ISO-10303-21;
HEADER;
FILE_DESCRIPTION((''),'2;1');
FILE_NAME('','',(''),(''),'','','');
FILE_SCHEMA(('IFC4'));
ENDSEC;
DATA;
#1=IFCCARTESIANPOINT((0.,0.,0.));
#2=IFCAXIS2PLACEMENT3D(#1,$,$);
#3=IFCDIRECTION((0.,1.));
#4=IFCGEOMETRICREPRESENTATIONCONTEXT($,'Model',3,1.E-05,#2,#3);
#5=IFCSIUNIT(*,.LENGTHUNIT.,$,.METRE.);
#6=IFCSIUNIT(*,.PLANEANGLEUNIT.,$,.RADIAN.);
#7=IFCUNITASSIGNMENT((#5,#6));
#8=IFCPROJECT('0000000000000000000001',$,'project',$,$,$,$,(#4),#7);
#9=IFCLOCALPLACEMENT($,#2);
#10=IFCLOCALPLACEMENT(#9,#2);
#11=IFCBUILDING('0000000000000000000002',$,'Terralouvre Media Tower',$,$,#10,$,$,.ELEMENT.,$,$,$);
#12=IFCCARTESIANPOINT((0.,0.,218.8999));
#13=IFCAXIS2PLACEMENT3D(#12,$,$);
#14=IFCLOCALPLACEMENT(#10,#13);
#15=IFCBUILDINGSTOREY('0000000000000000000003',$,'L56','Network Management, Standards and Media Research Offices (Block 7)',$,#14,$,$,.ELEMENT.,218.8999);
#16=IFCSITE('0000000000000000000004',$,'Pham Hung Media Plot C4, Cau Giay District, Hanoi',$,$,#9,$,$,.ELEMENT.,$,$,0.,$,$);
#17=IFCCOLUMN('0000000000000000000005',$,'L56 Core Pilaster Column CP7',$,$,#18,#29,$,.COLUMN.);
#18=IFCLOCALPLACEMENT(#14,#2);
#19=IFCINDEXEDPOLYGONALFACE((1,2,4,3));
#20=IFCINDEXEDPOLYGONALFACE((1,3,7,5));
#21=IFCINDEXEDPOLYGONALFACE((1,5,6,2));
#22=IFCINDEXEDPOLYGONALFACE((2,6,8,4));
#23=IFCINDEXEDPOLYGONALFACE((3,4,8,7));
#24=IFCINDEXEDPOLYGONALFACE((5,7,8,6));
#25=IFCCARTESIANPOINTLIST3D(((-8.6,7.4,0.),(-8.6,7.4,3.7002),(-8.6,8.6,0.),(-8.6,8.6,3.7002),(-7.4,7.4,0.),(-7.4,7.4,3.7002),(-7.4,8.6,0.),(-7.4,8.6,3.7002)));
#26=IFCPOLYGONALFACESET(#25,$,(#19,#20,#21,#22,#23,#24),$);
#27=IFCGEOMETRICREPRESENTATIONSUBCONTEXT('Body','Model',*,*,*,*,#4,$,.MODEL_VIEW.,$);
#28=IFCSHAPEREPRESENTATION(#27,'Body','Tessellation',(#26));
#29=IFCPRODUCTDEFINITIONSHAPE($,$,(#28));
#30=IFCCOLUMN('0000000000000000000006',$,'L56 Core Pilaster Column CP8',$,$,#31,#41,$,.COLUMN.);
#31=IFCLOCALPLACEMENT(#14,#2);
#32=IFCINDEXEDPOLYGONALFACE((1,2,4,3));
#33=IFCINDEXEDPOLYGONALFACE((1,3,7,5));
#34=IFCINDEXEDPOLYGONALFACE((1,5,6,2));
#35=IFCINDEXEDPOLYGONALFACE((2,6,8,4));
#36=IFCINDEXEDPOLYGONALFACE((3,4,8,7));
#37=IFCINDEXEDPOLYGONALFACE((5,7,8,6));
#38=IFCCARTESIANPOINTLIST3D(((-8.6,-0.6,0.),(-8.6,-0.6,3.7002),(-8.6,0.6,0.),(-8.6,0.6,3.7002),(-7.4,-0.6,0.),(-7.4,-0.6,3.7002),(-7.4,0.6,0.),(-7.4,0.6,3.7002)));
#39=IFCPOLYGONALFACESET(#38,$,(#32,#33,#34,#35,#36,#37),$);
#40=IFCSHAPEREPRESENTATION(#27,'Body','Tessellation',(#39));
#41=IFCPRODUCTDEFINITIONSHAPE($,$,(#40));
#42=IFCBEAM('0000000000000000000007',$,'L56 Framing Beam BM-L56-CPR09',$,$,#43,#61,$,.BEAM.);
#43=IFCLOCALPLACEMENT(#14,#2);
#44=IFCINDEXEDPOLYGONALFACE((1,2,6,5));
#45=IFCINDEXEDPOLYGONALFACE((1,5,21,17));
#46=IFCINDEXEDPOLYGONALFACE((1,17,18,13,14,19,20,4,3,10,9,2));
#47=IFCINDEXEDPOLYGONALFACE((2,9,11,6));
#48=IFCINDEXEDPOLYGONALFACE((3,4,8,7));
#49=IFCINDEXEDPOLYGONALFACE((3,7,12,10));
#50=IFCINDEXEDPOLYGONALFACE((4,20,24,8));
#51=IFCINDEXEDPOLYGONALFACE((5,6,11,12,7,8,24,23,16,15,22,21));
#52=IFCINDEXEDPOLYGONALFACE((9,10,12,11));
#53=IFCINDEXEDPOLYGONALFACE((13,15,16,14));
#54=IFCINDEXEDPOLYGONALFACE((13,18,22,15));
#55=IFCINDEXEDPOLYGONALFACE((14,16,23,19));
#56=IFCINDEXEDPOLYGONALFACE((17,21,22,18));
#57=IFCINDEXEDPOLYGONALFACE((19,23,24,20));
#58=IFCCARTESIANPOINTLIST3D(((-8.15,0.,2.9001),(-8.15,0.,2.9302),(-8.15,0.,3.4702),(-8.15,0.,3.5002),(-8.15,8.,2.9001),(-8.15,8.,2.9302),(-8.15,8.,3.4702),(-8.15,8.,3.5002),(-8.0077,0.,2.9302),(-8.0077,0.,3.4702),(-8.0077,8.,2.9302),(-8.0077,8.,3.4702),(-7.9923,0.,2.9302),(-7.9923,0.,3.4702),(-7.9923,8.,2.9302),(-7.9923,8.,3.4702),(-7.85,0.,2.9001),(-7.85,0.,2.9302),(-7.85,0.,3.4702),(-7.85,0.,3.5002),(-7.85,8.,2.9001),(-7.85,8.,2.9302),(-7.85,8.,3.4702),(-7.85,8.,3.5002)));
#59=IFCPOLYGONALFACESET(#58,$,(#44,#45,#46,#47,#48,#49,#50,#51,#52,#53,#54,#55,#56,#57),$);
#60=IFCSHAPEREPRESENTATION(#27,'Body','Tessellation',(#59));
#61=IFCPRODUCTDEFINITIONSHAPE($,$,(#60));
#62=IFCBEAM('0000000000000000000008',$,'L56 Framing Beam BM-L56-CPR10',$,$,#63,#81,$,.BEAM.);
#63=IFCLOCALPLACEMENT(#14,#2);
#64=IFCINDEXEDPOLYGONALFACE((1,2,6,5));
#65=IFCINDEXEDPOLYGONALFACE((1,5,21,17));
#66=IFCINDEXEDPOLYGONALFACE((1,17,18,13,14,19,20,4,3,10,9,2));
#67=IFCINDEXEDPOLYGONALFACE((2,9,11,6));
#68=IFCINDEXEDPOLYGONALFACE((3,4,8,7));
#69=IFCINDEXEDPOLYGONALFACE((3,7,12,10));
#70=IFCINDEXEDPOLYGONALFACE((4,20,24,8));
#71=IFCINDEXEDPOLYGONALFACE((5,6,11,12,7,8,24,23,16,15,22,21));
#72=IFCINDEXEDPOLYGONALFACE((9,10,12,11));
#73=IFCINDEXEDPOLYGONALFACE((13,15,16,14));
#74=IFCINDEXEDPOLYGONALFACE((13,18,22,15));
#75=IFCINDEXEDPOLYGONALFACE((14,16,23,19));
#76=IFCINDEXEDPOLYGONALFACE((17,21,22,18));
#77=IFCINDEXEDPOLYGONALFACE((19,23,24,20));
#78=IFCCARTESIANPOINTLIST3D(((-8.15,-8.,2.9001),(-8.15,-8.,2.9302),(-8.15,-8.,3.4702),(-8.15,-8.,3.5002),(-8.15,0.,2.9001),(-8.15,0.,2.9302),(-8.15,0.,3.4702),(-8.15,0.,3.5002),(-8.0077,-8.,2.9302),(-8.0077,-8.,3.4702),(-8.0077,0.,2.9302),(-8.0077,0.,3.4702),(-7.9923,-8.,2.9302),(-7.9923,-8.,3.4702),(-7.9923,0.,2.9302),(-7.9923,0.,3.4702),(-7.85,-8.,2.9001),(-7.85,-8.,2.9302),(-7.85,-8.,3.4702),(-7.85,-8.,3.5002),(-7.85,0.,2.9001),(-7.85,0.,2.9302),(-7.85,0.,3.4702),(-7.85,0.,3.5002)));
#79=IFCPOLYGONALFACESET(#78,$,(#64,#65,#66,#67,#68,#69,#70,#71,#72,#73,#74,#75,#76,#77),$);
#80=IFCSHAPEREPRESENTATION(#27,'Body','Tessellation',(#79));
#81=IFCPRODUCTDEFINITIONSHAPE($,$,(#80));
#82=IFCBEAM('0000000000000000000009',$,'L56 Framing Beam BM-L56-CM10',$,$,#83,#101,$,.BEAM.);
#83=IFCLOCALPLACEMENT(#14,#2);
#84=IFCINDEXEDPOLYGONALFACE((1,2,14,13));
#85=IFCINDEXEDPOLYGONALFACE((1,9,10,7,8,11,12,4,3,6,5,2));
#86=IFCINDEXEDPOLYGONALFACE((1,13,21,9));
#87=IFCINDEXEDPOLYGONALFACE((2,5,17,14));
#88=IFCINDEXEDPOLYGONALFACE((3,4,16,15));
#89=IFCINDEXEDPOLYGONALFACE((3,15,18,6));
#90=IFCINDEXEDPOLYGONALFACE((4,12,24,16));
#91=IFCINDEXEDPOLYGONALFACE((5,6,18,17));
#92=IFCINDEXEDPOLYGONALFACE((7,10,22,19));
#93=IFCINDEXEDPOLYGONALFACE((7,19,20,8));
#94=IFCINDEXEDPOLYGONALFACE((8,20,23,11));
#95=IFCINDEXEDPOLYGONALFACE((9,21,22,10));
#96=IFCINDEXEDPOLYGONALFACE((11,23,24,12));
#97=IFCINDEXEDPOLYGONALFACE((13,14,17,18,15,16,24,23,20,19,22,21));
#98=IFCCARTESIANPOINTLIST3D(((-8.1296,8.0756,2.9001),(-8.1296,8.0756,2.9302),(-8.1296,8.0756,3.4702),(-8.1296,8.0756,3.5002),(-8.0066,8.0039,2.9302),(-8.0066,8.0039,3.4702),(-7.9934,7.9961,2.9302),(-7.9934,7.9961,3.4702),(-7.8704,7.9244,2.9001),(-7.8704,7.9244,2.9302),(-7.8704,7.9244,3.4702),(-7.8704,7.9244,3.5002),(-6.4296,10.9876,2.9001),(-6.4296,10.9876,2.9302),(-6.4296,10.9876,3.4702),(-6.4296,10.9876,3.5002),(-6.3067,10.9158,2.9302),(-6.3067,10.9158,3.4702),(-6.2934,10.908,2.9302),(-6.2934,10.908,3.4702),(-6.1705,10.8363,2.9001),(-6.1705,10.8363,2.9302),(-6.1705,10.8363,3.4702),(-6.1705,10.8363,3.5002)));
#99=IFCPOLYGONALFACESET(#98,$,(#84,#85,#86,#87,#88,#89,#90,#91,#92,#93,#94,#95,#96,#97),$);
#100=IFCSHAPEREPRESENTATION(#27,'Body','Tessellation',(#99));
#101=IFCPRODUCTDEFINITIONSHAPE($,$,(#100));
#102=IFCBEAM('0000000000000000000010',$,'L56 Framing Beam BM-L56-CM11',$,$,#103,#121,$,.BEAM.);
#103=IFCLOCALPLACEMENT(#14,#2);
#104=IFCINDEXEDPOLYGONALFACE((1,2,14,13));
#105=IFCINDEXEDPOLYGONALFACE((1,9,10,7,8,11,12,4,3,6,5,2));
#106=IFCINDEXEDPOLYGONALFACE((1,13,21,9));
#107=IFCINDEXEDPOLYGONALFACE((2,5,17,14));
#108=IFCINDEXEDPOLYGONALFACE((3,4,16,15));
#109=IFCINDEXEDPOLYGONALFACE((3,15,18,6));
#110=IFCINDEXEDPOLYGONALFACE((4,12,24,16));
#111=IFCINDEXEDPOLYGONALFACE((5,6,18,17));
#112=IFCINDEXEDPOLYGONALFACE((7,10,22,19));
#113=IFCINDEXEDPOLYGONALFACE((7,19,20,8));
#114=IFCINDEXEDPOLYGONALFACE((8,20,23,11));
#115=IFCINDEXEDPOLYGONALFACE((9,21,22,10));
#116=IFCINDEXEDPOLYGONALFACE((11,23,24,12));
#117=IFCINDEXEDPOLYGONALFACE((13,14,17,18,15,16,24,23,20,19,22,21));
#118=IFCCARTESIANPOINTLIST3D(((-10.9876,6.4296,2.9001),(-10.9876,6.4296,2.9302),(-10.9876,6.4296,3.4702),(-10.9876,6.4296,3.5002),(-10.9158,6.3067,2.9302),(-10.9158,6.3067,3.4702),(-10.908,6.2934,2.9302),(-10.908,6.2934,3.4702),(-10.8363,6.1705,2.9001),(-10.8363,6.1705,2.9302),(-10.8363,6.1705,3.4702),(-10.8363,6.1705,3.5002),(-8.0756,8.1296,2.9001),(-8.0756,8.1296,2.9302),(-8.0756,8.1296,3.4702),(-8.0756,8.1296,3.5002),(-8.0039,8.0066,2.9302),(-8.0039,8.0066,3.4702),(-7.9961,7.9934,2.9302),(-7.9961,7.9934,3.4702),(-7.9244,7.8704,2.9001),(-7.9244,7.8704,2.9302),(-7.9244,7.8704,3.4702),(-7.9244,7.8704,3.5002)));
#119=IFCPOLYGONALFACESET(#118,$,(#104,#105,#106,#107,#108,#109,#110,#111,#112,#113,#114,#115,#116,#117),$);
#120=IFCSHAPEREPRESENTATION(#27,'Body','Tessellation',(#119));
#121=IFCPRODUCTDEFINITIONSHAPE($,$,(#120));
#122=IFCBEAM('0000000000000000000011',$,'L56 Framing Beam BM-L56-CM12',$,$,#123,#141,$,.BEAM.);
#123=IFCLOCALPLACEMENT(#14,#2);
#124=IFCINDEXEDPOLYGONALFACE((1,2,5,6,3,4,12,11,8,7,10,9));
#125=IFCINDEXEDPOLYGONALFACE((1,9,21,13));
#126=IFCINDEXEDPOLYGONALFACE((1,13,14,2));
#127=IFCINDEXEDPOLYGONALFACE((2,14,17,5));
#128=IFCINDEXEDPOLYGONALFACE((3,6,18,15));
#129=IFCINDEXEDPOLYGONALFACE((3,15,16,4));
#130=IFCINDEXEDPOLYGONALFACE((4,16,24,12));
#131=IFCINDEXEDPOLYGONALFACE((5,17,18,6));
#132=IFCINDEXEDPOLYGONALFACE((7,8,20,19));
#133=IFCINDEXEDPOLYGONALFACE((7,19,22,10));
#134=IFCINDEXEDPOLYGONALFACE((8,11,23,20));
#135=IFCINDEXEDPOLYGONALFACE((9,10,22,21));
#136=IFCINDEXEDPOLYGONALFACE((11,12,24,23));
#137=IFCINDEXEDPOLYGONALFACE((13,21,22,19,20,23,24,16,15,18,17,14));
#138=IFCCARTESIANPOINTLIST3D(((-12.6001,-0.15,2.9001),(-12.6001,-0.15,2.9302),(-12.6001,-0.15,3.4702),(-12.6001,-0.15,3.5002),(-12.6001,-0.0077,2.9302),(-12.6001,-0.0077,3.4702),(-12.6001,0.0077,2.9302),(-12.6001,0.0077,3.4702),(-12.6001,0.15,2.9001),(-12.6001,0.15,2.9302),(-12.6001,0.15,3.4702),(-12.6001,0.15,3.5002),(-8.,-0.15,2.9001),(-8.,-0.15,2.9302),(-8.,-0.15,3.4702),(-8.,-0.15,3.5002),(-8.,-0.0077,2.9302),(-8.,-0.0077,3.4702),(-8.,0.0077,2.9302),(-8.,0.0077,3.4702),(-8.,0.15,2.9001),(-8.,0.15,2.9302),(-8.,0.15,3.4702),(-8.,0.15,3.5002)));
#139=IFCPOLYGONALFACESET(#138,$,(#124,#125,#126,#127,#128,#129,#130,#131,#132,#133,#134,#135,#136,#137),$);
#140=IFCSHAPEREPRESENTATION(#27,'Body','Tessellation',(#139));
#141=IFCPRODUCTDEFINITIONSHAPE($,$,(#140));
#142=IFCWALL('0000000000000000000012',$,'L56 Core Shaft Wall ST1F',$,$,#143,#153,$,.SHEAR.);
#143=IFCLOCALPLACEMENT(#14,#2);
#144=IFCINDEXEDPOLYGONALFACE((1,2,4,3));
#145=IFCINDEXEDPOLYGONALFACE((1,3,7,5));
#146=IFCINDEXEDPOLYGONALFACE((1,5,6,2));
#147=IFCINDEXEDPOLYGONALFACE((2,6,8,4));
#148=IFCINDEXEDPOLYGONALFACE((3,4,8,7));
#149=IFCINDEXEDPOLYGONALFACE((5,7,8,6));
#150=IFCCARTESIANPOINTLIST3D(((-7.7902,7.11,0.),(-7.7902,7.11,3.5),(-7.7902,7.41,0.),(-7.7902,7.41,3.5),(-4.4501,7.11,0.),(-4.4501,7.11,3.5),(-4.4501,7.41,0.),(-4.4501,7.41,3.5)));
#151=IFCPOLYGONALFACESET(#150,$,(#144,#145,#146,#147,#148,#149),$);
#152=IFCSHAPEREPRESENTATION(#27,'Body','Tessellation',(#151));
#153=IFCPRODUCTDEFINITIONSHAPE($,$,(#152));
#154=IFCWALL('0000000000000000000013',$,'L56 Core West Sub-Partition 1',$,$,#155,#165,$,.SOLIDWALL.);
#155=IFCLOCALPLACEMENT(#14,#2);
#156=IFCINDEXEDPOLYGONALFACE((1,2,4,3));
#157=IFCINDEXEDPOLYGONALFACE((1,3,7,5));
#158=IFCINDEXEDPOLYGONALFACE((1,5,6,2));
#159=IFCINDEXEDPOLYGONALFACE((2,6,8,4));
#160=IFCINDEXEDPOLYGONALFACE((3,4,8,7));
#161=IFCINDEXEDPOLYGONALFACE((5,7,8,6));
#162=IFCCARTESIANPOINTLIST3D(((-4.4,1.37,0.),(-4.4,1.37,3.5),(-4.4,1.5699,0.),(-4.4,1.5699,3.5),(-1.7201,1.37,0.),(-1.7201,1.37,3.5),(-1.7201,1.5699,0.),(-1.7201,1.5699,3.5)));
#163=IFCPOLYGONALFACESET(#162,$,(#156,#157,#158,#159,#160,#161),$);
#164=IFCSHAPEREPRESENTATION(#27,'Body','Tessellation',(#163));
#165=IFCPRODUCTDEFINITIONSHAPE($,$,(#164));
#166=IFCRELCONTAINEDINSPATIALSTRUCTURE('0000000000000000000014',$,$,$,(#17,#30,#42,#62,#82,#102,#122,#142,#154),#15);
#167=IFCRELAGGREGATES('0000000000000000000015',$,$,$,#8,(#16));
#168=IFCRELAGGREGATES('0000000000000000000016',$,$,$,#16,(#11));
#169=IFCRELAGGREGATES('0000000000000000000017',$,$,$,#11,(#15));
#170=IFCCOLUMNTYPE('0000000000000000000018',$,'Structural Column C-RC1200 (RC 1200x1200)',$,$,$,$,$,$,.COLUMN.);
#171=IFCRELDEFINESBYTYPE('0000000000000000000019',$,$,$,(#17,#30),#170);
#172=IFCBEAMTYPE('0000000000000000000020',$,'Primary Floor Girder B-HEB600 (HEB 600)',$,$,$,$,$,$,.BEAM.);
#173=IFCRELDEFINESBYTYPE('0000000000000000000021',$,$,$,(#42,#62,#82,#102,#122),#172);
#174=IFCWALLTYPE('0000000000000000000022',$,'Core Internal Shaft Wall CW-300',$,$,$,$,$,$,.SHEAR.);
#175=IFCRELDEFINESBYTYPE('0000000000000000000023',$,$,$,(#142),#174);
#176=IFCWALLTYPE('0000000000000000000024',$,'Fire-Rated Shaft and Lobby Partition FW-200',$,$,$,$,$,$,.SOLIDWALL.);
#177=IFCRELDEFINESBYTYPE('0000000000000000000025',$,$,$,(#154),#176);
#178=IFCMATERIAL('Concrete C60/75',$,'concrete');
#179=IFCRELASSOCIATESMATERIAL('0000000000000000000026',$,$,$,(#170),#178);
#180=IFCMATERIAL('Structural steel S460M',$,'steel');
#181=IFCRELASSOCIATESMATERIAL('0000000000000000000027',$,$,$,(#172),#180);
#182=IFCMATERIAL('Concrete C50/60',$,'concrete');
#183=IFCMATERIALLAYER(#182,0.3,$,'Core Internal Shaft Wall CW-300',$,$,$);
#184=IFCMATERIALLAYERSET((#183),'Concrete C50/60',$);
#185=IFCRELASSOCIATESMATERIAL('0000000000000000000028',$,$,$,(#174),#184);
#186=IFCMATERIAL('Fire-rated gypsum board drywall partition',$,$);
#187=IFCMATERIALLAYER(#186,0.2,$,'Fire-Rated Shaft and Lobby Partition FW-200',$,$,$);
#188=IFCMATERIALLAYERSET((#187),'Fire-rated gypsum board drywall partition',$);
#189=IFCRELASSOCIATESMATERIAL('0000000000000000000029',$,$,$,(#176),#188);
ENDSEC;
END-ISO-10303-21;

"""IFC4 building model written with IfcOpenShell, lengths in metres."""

from ifc_helpers import new_model, si_unit, direction, frame, frame_2d, origin, origin_2d, place, context, subcontext, project, spatial, rectangle, i_section, extrude, material, layer, layer_set, material_profile, profile_set, type_object, element, save


model = new_model("IFC4")

# Units and contexts
model_context = context("Model", 3, precision=1e-05, world=origin(), true_north=direction((0.0, 1.0)))
body_context = subcontext(model_context, "Body", "Model", "MODEL_VIEW")
ifc_project = project(units=[si_unit("LENGTHUNIT", "METRE"), si_unit("PLANEANGLEUNIT", "RADIAN")], contexts=[model_context])

# Site, building, storey
site_placement = place(None, origin())
site = spatial("IfcSite", under=ifc_project, at=site_placement, Name="Pham Hung Media Plot C4, Cau Giay District, Hanoi", CompositionType="ELEMENT", RefElevation=0.0)
building_placement = place(site_placement, origin())
building = spatial("IfcBuilding", under=site, at=building_placement, Name="Terralouvre Media Tower", CompositionType="ELEMENT")
storey_placement = place(building_placement, frame((0.0, 0.0, 218.8999)))
storey = spatial("IfcBuildingStorey", under=building, at=storey_placement, Name="L56", Description="Network Management, Standards and Media Research Offices (Block 7)", CompositionType="ELEMENT", Elevation=218.8999)

# Columns
ifc_material_1 = material(Name="Concrete C60/75", Category="concrete")
ifc_material_profile_1 = material_profile(ifc_material_1, rectangle(XDim=1.2, YDim=1.2, at=origin_2d()), Name="RC 1200x1200")
ifc_profile_set_1 = profile_set([ifc_material_profile_1], Name="Concrete C60/75")
column_type = type_object("IfcColumnType", Name="Structural Column C-RC1200 (RC 1200x1200)", PredefinedType="COLUMN", material=ifc_profile_set_1)
for number, where, z_axis, x_axis, name in (
    (1, (-8.0, 8.0, 0.0), (0.0, 0.0, 1.0), (1.0, 0.0, 0.0), "L56 Core Pilaster Column CP7"),
    (2, (-8.0, 0.0, 0.0), (0.0, 0.0, 1.0), (1.0, 0.0, 0.0), "L56 Core Pilaster Column CP8"),
):
    element("IfcColumn", number, at=place(storey_placement, frame(where, z_axis=z_axis, x_axis=x_axis)), inside=storey, type_object=column_type, Name=name, PredefinedType="COLUMN", context=body_context, shape_type="SweptSolid", body=[
        extrude(rectangle(XDim=1.2, YDim=1.2, at=origin_2d()), origin(), (0.0, 0.0, 1.0), 3.7002),
    ])

# Beams
ifc_material_2 = material(Name="Structural steel S460M", Category="steel")
ifc_material_profile_2 = material_profile(ifc_material_2, i_section(OverallWidth=0.3, OverallDepth=0.6001, WebThickness=0.0154, FlangeThickness=0.03, at=origin_2d()), Name="HEB 600")
ifc_profile_set_2 = profile_set([ifc_material_profile_2], Name="Structural steel S460M")
beam_type = type_object("IfcBeamType", Name="Primary Floor Girder B-HEB600 (HEB 600)", PredefinedType="BEAM", material=ifc_profile_set_2)
for number, where, z_axis, x_axis, name in (
    (3, (-8.0, 8.0, 3.2002), (0.0, -1.0, 0.0), (1.0, 0.0, 0.0), "L56 Framing Beam BM-L56-CPR09"),
    (4, (-8.0, 0.0, 3.2002), (0.0, -1.0, 0.0), (1.0, 0.0, 0.0), "L56 Framing Beam BM-L56-CPR10"),
):
    element("IfcBeam", number, at=place(storey_placement, frame(where, z_axis=z_axis, x_axis=x_axis)), inside=storey, type_object=beam_type, Name=name, PredefinedType="BEAM", context=body_context, shape_type="SweptSolid", body=[
        extrude(i_section(OverallWidth=0.3, OverallDepth=0.6001, WebThickness=0.0154, FlangeThickness=0.03, at=origin_2d()), origin(), (0.0, 0.0, 1.0), 8.0),
    ])
for number, where, z_axis, x_axis, name in (
    (5, (-8.0, 8.0, 3.2002), (0.504173, 0.863603, 0.0), (-0.863603, 0.504173, 0.0), "L56 Framing Beam BM-L56-CM10"),
    (6, (-8.0, 8.0, 3.2002), (-0.863603, -0.504173, 0.0), (0.504173, -0.863603, 0.0), "L56 Framing Beam BM-L56-CM11"),
):
    element("IfcBeam", number, at=place(storey_placement, frame(where, z_axis=z_axis, x_axis=x_axis)), inside=storey, type_object=beam_type, Name=name, PredefinedType="BEAM", context=body_context, shape_type="SweptSolid", body=[
        extrude(i_section(OverallWidth=0.3, OverallDepth=0.6001, WebThickness=0.0154, FlangeThickness=0.03, at=origin_2d()), origin(), (0.0, 0.0, 1.0), 3.3718),
    ])
beam_placement = place(storey_placement, frame((-8.0, 0.0, 3.2002), z_axis=(-1.0, 0.0, 0.0), x_axis=(0.0, -1.0, 0.0)))
element("IfcBeam", 7, at=beam_placement, inside=storey, type_object=beam_type, Name="L56 Framing Beam BM-L56-CM12", PredefinedType="BEAM", context=body_context, shape_type="SweptSolid", body=[
    extrude(i_section(OverallWidth=0.3, OverallDepth=0.6001, WebThickness=0.0154, FlangeThickness=0.03, at=origin_2d()), origin(), (0.0, 0.0, 1.0), 4.6001),
])

# Shared definitions
ifc_material_3 = material(Name="Concrete C50/60", Category="concrete")
ifc_layer_1 = layer(ifc_material_3, 0.3, Name="Core Internal Shaft Wall CW-300")
ifc_layer_set_1 = layer_set([ifc_layer_1], Name="Concrete C50/60")
wall_type_1 = type_object("IfcWallType", Name="Core Internal Shaft Wall CW-300", PredefinedType="SHEAR", material=ifc_layer_set_1)

# Wall
wall_1_placement = place(storey_placement, frame((-7.79, 7.26, 0.0), z_axis=(0.0, 0.0, 1.0), x_axis=(1.0, 0.0, 0.0)))
element("IfcWall", 8, at=wall_1_placement, inside=storey, type_object=wall_type_1, Name="L56 Core Shaft Wall ST1F", PredefinedType="SHEAR", context=body_context, shape_type="SweptSolid", body=[
    extrude(rectangle(XDim=3.3401, YDim=0.3, at=frame_2d((1.6699, 0.0))), origin(), (0.0, 0.0, 1.0), 3.5),
])

# Wall
ifc_material_4 = material(Name="Fire-rated gypsum board drywall partition")
ifc_layer_2 = layer(ifc_material_4, 0.2, Name="Fire-Rated Shaft and Lobby Partition FW-200")
ifc_layer_set_2 = layer_set([ifc_layer_2], Name="Fire-rated gypsum board drywall partition")
wall_type_2 = type_object("IfcWallType", Name="Fire-Rated Shaft and Lobby Partition FW-200", PredefinedType="SOLIDWALL", material=ifc_layer_set_2)
wall_2_placement = place(storey_placement, frame((-4.3999, 1.47, 0.0), z_axis=(0.0, 0.0, 1.0), x_axis=(1.0, 0.0, 0.0)))
element("IfcWall", 9, at=wall_2_placement, inside=storey, type_object=wall_type_2, Name="L56 Core West Sub-Partition 1", PredefinedType="SOLIDWALL", context=body_context, shape_type="SweptSolid", body=[
    extrude(rectangle(XDim=2.6799, YDim=0.2, at=frame_2d((1.3398, 0.0))), origin(), (0.0, 0.0, 1.0), 3.5),
])

save(model, "model.ifc")
